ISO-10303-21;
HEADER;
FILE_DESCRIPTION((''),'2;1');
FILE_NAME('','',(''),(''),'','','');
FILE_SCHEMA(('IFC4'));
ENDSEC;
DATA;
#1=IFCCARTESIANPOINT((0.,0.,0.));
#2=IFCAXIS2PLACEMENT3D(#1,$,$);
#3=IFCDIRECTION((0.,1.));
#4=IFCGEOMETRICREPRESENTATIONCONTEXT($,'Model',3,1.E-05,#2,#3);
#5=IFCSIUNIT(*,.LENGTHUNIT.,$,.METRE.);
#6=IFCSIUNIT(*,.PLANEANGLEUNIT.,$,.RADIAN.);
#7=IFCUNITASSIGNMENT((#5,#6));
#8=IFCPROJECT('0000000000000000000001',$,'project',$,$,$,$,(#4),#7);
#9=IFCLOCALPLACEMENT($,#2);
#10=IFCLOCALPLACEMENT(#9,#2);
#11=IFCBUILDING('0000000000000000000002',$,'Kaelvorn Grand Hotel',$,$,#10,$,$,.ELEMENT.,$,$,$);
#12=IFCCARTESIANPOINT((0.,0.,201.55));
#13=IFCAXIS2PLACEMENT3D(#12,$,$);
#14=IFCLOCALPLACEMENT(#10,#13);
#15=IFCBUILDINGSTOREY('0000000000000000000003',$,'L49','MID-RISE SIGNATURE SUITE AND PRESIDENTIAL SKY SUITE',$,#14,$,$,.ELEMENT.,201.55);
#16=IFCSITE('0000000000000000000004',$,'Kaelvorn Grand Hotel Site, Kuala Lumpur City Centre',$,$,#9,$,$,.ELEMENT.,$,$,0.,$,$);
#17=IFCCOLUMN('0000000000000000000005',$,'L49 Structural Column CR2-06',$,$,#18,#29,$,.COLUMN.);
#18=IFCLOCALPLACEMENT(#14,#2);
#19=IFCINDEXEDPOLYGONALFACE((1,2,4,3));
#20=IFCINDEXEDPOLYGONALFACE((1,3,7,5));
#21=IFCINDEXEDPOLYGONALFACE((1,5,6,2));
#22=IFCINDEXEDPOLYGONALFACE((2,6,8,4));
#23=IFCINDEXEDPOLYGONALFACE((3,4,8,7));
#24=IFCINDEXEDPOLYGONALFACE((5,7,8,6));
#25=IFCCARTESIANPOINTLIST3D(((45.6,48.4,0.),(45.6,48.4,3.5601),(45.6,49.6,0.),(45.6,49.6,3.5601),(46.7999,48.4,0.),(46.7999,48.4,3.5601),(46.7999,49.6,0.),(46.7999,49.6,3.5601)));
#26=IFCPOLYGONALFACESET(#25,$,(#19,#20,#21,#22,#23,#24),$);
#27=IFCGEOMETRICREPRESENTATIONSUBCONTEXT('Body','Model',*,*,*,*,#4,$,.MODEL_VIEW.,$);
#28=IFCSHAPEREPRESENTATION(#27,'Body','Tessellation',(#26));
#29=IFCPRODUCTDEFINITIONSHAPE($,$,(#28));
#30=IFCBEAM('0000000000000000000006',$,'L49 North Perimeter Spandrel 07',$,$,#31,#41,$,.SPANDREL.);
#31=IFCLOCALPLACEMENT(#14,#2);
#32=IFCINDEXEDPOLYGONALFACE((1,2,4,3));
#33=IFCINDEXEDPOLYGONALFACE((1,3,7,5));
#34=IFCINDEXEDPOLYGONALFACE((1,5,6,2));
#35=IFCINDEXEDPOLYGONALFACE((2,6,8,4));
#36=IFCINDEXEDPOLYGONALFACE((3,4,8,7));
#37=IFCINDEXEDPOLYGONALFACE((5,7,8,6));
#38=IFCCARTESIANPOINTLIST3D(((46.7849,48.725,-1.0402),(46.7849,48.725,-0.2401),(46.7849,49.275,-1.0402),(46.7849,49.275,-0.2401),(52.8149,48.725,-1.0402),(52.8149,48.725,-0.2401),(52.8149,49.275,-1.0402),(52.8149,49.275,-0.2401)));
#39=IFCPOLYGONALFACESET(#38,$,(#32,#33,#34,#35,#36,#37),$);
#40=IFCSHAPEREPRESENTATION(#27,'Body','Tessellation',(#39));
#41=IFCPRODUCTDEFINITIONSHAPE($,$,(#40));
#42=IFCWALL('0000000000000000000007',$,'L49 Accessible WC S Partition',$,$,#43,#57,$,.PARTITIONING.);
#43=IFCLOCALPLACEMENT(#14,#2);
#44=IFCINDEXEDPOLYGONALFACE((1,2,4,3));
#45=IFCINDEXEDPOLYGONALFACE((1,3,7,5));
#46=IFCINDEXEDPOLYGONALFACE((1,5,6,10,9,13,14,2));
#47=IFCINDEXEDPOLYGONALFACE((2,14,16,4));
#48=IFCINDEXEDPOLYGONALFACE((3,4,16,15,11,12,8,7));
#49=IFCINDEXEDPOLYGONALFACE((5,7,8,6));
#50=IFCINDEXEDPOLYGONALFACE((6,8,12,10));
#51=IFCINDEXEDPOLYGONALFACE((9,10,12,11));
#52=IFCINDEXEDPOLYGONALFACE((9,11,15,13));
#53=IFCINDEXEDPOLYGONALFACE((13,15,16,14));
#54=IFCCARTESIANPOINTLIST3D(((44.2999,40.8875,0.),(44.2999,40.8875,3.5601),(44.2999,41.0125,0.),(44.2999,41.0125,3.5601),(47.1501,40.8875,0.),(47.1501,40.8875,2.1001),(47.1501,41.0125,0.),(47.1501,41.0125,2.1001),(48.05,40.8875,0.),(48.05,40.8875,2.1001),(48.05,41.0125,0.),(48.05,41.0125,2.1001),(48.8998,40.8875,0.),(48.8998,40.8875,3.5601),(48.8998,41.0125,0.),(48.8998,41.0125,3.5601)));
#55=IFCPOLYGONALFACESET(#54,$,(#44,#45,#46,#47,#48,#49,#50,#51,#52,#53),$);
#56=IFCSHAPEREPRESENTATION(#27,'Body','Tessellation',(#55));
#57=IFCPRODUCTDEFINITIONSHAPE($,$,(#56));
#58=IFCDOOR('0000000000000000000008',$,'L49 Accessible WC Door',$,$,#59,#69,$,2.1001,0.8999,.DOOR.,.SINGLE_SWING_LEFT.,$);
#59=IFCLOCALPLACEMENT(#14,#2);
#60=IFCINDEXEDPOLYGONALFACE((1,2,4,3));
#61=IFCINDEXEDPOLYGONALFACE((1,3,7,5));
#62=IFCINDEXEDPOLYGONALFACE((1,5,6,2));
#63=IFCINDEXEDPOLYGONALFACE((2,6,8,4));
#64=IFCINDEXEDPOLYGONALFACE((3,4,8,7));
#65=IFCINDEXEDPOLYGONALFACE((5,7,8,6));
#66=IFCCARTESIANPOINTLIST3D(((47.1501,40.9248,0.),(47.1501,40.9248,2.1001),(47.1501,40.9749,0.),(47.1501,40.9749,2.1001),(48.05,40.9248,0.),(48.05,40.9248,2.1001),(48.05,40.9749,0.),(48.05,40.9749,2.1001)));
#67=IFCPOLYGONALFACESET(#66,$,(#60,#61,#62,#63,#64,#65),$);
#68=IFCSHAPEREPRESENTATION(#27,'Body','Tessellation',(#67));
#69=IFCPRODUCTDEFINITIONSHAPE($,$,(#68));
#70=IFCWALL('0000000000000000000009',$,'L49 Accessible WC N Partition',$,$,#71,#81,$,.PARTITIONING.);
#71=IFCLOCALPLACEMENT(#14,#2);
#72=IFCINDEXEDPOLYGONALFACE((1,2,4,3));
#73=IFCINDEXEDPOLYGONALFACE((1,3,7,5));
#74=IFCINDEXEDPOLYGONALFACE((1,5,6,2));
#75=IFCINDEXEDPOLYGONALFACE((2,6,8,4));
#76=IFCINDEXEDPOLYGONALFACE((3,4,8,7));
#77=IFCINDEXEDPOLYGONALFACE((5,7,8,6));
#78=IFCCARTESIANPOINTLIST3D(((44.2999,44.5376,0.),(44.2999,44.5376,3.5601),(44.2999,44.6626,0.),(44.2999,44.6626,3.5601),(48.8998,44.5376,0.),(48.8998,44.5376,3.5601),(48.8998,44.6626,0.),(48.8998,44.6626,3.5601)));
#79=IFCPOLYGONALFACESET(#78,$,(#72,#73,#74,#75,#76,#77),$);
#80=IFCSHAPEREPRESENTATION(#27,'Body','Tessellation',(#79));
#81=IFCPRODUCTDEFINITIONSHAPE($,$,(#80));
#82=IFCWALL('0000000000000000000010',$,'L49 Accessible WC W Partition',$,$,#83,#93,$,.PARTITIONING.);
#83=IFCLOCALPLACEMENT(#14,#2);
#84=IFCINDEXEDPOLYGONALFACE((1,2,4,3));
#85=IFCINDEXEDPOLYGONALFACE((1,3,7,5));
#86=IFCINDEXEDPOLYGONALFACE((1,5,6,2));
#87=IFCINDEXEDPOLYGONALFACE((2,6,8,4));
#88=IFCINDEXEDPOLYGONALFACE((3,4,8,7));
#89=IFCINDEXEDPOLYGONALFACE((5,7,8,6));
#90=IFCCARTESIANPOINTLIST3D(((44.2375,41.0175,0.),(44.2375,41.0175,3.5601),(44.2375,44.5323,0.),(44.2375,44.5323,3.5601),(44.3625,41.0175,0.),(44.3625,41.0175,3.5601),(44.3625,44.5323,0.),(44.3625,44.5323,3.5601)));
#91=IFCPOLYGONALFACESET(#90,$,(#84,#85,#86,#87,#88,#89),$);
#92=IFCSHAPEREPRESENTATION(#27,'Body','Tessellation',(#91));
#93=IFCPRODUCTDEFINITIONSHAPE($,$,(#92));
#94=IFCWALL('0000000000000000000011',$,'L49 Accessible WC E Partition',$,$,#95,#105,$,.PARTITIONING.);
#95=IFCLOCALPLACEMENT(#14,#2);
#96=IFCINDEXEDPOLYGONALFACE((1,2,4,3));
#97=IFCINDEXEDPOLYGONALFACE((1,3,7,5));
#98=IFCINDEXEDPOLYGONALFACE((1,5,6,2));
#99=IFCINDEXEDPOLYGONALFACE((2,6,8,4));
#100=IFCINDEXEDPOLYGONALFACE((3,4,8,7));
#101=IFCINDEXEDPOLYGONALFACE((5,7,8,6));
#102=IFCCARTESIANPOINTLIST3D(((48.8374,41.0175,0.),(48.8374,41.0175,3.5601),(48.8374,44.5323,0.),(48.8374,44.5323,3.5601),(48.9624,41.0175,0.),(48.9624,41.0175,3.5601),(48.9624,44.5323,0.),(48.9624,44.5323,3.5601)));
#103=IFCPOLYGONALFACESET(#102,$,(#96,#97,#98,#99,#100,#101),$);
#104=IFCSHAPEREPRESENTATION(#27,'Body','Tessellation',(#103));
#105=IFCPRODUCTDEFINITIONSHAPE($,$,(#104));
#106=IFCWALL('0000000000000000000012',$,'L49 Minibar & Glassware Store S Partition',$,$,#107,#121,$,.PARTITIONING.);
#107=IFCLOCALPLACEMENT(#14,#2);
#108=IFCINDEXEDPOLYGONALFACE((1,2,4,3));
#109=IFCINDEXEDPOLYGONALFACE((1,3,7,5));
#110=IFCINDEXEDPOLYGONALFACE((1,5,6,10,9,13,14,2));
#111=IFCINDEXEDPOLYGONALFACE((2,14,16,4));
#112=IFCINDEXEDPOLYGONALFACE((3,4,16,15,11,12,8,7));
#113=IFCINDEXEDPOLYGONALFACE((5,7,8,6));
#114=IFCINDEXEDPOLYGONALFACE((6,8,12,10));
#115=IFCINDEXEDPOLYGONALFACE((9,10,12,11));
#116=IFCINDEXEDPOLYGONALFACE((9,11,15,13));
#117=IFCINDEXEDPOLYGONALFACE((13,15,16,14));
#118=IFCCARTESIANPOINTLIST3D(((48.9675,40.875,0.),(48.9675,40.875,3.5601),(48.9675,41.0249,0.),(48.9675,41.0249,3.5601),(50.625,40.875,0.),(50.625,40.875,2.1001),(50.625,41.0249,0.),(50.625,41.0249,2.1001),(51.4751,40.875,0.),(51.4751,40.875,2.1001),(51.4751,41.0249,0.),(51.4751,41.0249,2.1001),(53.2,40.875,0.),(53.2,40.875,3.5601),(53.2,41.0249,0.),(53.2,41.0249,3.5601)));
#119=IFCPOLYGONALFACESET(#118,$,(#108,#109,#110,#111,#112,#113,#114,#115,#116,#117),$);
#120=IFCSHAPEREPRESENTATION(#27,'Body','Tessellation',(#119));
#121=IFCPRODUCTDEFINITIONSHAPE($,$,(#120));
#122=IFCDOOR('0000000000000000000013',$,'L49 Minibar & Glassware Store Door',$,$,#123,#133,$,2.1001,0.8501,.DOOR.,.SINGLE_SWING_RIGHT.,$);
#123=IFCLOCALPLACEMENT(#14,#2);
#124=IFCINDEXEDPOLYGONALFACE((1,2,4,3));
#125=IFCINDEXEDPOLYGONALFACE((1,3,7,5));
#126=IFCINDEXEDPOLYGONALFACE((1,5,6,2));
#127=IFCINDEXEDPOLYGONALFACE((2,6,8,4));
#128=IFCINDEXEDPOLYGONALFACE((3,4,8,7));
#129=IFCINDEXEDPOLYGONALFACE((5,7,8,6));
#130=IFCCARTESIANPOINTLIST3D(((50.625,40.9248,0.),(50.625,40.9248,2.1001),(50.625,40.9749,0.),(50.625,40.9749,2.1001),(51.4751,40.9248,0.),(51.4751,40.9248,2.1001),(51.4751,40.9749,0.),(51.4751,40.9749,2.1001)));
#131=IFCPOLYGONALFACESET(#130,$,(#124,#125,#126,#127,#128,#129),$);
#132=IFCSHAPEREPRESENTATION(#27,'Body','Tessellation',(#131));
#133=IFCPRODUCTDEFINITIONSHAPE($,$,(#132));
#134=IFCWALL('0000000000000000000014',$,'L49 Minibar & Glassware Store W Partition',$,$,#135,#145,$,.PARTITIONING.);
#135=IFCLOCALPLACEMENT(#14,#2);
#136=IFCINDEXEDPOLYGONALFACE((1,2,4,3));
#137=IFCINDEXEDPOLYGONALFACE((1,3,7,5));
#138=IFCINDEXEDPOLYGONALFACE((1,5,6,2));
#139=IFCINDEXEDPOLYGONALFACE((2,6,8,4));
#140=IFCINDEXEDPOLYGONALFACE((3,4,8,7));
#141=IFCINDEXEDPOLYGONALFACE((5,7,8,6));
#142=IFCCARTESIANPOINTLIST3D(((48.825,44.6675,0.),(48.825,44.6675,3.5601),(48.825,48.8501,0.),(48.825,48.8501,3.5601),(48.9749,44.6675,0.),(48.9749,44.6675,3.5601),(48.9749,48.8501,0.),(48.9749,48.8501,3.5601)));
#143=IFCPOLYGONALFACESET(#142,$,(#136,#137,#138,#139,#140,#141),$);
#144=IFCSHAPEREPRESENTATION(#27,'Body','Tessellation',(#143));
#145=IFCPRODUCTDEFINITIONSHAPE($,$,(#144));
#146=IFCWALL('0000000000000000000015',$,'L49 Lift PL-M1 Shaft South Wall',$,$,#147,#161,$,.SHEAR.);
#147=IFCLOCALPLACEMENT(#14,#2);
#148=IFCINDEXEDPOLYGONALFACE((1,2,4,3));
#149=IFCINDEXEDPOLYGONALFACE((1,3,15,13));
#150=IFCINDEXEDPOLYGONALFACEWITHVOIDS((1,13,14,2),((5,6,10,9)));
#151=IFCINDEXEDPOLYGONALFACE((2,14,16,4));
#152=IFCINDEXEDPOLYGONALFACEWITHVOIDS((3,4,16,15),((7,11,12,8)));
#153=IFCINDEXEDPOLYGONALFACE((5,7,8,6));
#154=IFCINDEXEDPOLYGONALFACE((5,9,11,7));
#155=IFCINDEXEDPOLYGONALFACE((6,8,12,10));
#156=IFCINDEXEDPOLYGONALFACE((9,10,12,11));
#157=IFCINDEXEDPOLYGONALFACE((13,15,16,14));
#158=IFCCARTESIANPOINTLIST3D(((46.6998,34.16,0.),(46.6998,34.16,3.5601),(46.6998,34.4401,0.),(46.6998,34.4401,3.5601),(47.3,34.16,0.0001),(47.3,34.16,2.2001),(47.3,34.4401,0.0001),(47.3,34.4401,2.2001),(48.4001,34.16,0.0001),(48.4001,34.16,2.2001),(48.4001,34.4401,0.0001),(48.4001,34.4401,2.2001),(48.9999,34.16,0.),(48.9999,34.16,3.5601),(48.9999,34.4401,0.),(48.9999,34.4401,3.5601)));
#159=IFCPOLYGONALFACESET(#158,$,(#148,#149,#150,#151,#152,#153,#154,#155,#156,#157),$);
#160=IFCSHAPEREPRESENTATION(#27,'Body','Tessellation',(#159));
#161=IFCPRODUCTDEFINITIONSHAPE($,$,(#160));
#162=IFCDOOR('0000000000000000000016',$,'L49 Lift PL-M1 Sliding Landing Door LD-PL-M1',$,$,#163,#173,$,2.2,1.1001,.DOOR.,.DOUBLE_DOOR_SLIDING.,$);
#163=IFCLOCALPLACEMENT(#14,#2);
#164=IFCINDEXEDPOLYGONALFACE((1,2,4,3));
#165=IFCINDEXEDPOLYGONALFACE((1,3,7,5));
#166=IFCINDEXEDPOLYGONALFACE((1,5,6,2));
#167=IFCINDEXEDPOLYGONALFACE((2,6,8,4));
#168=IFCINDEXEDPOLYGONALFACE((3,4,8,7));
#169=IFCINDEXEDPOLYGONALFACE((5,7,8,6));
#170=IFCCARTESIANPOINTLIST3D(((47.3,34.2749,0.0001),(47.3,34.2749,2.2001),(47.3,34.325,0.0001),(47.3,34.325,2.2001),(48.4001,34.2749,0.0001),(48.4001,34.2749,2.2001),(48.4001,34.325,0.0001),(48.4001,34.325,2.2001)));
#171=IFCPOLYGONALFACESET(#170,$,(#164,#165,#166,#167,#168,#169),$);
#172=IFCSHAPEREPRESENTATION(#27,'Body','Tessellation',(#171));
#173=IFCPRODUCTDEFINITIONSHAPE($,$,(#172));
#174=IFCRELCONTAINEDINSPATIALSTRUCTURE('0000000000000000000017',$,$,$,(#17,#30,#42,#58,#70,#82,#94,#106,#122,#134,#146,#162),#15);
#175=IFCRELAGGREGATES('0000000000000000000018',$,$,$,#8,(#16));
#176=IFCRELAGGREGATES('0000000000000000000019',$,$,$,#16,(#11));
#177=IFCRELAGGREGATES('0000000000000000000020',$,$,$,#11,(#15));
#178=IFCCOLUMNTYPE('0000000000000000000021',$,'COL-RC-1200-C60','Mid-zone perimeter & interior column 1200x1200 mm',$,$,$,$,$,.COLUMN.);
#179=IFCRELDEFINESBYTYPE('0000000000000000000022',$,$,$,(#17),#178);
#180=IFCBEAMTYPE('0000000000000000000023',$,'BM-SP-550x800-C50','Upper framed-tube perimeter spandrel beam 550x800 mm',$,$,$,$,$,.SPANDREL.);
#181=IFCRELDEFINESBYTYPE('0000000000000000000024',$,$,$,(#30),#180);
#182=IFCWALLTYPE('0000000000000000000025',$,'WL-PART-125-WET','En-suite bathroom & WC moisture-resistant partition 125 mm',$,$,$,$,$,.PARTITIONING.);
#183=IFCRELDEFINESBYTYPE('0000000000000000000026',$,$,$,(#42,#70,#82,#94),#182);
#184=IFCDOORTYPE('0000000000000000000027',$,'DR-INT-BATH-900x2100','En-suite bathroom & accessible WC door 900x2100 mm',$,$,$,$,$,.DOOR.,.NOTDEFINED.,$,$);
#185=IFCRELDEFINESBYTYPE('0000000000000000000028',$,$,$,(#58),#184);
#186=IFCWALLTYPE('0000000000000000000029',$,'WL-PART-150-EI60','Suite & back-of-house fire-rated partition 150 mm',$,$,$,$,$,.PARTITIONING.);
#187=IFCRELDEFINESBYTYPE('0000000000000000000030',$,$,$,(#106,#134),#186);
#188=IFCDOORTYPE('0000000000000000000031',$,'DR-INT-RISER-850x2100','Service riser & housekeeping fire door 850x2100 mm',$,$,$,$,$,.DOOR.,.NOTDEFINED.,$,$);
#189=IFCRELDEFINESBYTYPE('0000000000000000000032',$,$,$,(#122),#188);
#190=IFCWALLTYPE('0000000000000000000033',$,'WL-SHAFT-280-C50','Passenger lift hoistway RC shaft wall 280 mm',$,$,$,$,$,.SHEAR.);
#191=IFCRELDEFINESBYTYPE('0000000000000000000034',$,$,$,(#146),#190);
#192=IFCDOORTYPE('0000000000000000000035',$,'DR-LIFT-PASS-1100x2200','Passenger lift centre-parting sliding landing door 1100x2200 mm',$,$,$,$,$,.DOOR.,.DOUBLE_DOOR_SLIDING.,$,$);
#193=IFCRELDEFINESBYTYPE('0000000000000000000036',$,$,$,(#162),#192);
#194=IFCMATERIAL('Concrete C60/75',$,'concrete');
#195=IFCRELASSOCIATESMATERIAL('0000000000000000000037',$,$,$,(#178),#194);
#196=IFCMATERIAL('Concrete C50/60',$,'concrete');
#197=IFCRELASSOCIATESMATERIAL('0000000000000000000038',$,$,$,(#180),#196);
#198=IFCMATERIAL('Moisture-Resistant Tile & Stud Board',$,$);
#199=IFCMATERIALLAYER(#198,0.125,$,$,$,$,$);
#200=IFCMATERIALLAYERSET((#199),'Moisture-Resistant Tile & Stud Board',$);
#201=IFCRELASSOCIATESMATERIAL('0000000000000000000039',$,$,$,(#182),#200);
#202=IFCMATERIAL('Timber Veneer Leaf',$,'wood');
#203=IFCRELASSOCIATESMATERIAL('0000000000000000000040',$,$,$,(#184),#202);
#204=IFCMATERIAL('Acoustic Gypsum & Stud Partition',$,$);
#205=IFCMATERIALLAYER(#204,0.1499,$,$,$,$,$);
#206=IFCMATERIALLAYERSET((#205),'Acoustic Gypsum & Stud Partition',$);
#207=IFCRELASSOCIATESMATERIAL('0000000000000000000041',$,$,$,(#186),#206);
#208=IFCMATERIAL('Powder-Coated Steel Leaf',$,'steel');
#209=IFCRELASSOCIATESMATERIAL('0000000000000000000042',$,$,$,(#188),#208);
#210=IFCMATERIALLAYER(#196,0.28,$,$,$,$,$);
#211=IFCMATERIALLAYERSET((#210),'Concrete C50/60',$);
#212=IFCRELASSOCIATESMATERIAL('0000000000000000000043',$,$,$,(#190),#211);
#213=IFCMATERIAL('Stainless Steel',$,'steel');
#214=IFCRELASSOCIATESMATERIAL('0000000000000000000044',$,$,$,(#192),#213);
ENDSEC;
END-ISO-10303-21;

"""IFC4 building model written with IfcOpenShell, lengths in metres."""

from ifc_helpers import new_model, si_unit, direction, frame, frame_2d, origin, origin_2d, place, context, subcontext, project, spatial, rectangle, extrude, material, layer, layer_set, material_profile, profile_set, type_object, element, fill, save


model = new_model("IFC4")

# Units and contexts
model_context = context("Model", 3, precision=1e-05, world=origin(), true_north=direction((0.0, 1.0)))
body_context = subcontext(model_context, "Body", "Model", "MODEL_VIEW")
ifc_project = project(units=[si_unit("LENGTHUNIT", "METRE"), si_unit("PLANEANGLEUNIT", "RADIAN")], contexts=[model_context])

# Site, building, storey
site_placement = place(None, origin())
site = spatial("IfcSite", under=ifc_project, at=site_placement, Name="Kaelvorn Grand Hotel Site, Kuala Lumpur City Centre", CompositionType="ELEMENT", RefElevation=0.0)
building_placement = place(site_placement, origin())
building = spatial("IfcBuilding", under=site, at=building_placement, Name="Kaelvorn Grand Hotel", CompositionType="ELEMENT")
storey_placement = place(building_placement, frame((0.0, 0.0, 201.55)))
storey = spatial("IfcBuildingStorey", under=building, at=storey_placement, Name="L49", Description="MID-RISE SIGNATURE SUITE AND PRESIDENTIAL SKY SUITE", CompositionType="ELEMENT", Elevation=201.55)

# Column
ifc_material_1 = material(Name="Concrete C60/75", Category="concrete")
ifc_material_profile_1 = material_profile(ifc_material_1, rectangle(XDim=1.2, YDim=1.2, at=origin_2d()), Name="RC COL 1200x1200")
ifc_profile_set_1 = profile_set([ifc_material_profile_1], Name="Concrete C60/75")
column_type = type_object("IfcColumnType", Name="COL-RC-1200-C60", Description="Mid-zone perimeter & interior column 1200x1200 mm", PredefinedType="COLUMN", material=ifc_profile_set_1)
column_placement = place(storey_placement, frame((46.2, 49.0, 0.0), z_axis=(0.0, 0.0, 1.0), x_axis=(1.0, 0.0, 0.0)))
element("IfcColumn", 1, at=column_placement, inside=storey, type_object=column_type, Name="L49 Structural Column CR2-06", PredefinedType="COLUMN", context=body_context, shape_type="SweptSolid", body=[
    extrude(rectangle(XDim=1.2, YDim=1.2, at=origin_2d()), origin(), (0.0, 0.0, 1.0), 3.5601),
])

# Beam
ifc_material_2 = material(Name="Concrete C50/60", Category="concrete")
ifc_material_profile_2 = material_profile(ifc_material_2, rectangle(XDim=0.55, YDim=0.8, at=origin_2d()), Name="RC SPANDREL 550x800")
ifc_profile_set_2 = profile_set([ifc_material_profile_2], Name="Concrete C50/60")
beam_type = type_object("IfcBeamType", Name="BM-SP-550x800-C50", Description="Upper framed-tube perimeter spandrel beam 550x800 mm", PredefinedType="SPANDREL", material=ifc_profile_set_2)
beam_placement = place(storey_placement, frame((46.7849, 49.0, -0.6401), z_axis=(1.0, 0.0, 0.0), x_axis=(0.0, 1.0, 0.0)))
element("IfcBeam", 2, at=beam_placement, inside=storey, type_object=beam_type, Name="L49 North Perimeter Spandrel 07", PredefinedType="SPANDREL", context=body_context, shape_type="SweptSolid", body=[
    extrude(rectangle(XDim=0.55, YDim=0.8, at=origin_2d()), origin(), (0.0, 0.0, 1.0), 6.03),
])

# Wall, opening, door
ifc_material_3 = material(Name="Moisture-Resistant Tile & Stud Board")
ifc_layer_1 = layer(ifc_material_3, 0.125)
ifc_layer_set_1 = layer_set([ifc_layer_1], Name="Moisture-Resistant Tile & Stud Board")
wall_type_1 = type_object("IfcWallType", Name="WL-PART-125-WET", Description="En-suite bathroom & WC moisture-resistant partition 125 mm", PredefinedType="PARTITIONING", material=ifc_layer_set_1)
wall_1_placement = place(storey_placement, frame((44.3, 40.95, 0.0), z_axis=(0.0, 0.0, 1.0), x_axis=(1.0, 0.0, 0.0)))
wall_1 = element("IfcWall", 3, at=wall_1_placement, inside=storey, type_object=wall_type_1, Name="L49 Accessible WC S Partition", PredefinedType="PARTITIONING", context=body_context, shape_type="SweptSolid", body=[
    extrude(rectangle(XDim=4.5999, YDim=0.125, at=frame_2d((2.2998, 0.0))), origin(), (0.0, 0.0, 1.0), 3.5601),
])
opening_1_placement = place(wall_1_placement, frame((2.8501, 0.0, 0.0)))
opening_1 = element("IfcOpeningElement", 4, at=opening_1_placement, cuts=wall_1, PredefinedType="OPENING", context=body_context, shape_type="SweptSolid", body=[
    extrude(rectangle(XDim=0.8999, YDim=2.1001, at=frame_2d((0.45, 1.05))), frame((0.0, 0.0725, 0.0), z_axis=(0.0, -1.0, 0.0), x_axis=(1.0, 0.0, 0.0)), (0.0, 0.0, 1.0), 0.145),
])
ifc_material_4 = material(Name="Timber Veneer Leaf", Category="wood")
door_type_1 = type_object("IfcDoorType", Name="DR-INT-BATH-900x2100", Description="En-suite bathroom & accessible WC door 900x2100 mm", OperationType="NOTDEFINED", PredefinedType="DOOR", material=ifc_material_4)
door_1_placement = place(opening_1_placement, origin())
door_1 = element("IfcDoor", 5, at=door_1_placement, inside=storey, type_object=door_type_1, Name="L49 Accessible WC Door", OperationType="SINGLE_SWING_LEFT", OverallHeight=2.1001, OverallWidth=0.8999, PredefinedType="DOOR", context=body_context, shape_type="SweptSolid", body=[
    extrude(rectangle(XDim=0.8999, YDim=2.1001, at=frame_2d((0.45, 1.05))), frame((0.0, 0.0249, 0.0), z_axis=(0.0, -1.0, 0.0), x_axis=(1.0, 0.0, 0.0)), (0.0, 0.0, 1.0), 0.05),
])
fill(opening_1, door_1)

# Walls
wall_2_placement = place(storey_placement, frame((44.3, 44.6001, 0.0), z_axis=(0.0, 0.0, 1.0), x_axis=(1.0, 0.0, 0.0)))
element("IfcWall", 6, at=wall_2_placement, inside=storey, type_object=wall_type_1, Name="L49 Accessible WC N Partition", PredefinedType="PARTITIONING", context=body_context, shape_type="SweptSolid", body=[
    extrude(rectangle(XDim=4.5999, YDim=0.125, at=frame_2d((2.2998, 0.0))), origin(), (0.0, 0.0, 1.0), 3.5601),
])
for number, where, z_axis, x_axis, name in (
    (7, (44.3, 41.0176, 0.0), (0.0, 0.0, 1.0), (0.0, 1.0, 0.0), "L49 Accessible WC W Partition"),
    (8, (48.8999, 41.0176, 0.0), (0.0, 0.0, 1.0), (0.0, 1.0, 0.0), "L49 Accessible WC E Partition"),
):
    element("IfcWall", number, at=place(storey_placement, frame(where, z_axis=z_axis, x_axis=x_axis)), inside=storey, type_object=wall_type_1, Name=name, PredefinedType="PARTITIONING", context=body_context, shape_type="SweptSolid", body=[
        extrude(rectangle(XDim=3.5149, YDim=0.125, at=frame_2d((1.7573, 0.0))), origin(), (0.0, 0.0, 1.0), 3.5601),
    ])

# Wall, opening, door
ifc_material_5 = material(Name="Acoustic Gypsum & Stud Partition")
ifc_layer_2 = layer(ifc_material_5, 0.1499)
ifc_layer_set_2 = layer_set([ifc_layer_2], Name="Acoustic Gypsum & Stud Partition")
wall_type_2 = type_object("IfcWallType", Name="WL-PART-150-EI60", Description="Suite & back-of-house fire-rated partition 150 mm", PredefinedType="PARTITIONING", material=ifc_layer_set_2)
wall_3_placement = place(storey_placement, frame((48.9675, 40.95, 0.0), z_axis=(0.0, 0.0, 1.0), x_axis=(1.0, 0.0, 0.0)))
wall_3 = element("IfcWall", 9, at=wall_3_placement, inside=storey, type_object=wall_type_2, Name="L49 Minibar & Glassware Store S Partition", PredefinedType="PARTITIONING", context=body_context, shape_type="SweptSolid", body=[
    extrude(rectangle(XDim=4.2324, YDim=0.1499, at=frame_2d((2.1162, 0.0))), origin(), (0.0, 0.0, 1.0), 3.5601),
])
opening_2_placement = place(wall_3_placement, frame((1.6575, 0.0, 0.0)))
opening_2 = element("IfcOpeningElement", 10, at=opening_2_placement, cuts=wall_3, PredefinedType="OPENING", context=body_context, shape_type="SweptSolid", body=[
    extrude(rectangle(XDim=0.8501, YDim=2.1001, at=frame_2d((0.425, 1.05))), frame((0.0, 0.085, 0.0), z_axis=(0.0, -1.0, 0.0), x_axis=(1.0, 0.0, 0.0)), (0.0, 0.0, 1.0), 0.1699),
])
ifc_material_6 = material(Name="Powder-Coated Steel Leaf", Category="steel")
door_type_2 = type_object("IfcDoorType", Name="DR-INT-RISER-850x2100", Description="Service riser & housekeeping fire door 850x2100 mm", OperationType="NOTDEFINED", PredefinedType="DOOR", material=ifc_material_6)
door_2_placement = place(opening_2_placement, origin())
door_2 = element("IfcDoor", 11, at=door_2_placement, inside=storey, type_object=door_type_2, Name="L49 Minibar & Glassware Store Door", OperationType="SINGLE_SWING_RIGHT", OverallHeight=2.1001, OverallWidth=0.8501, PredefinedType="DOOR", context=body_context, shape_type="SweptSolid", body=[
    extrude(rectangle(XDim=0.8501, YDim=2.1001, at=frame_2d((0.425, 1.05))), frame((0.0, 0.0249, 0.0), z_axis=(0.0, -1.0, 0.0), x_axis=(1.0, 0.0, 0.0)), (0.0, 0.0, 1.0), 0.05),
])
fill(opening_2, door_2)

# Wall
wall_4_placement = place(storey_placement, frame((48.8999, 44.6675, 0.0), z_axis=(0.0, 0.0, 1.0), x_axis=(0.0, 1.0, 0.0)))
element("IfcWall", 12, at=wall_4_placement, inside=storey, type_object=wall_type_2, Name="L49 Minibar & Glassware Store W Partition", PredefinedType="PARTITIONING", context=body_context, shape_type="SweptSolid", body=[
    extrude(rectangle(XDim=4.1826, YDim=0.1499, at=frame_2d((2.0913, 0.0))), origin(), (0.0, 0.0, 1.0), 3.5601),
])

# Wall, opening, door
ifc_layer_3 = layer(ifc_material_2, 0.28)
ifc_layer_set_3 = layer_set([ifc_layer_3], Name="Concrete C50/60")
wall_type_3 = type_object("IfcWallType", Name="WL-SHAFT-280-C50", Description="Passenger lift hoistway RC shaft wall 280 mm", PredefinedType="SHEAR", material=ifc_layer_set_3)
wall_5_placement = place(storey_placement, frame((46.7, 34.3, 0.0), z_axis=(0.0, 0.0, 1.0), x_axis=(1.0, 0.0, 0.0)))
wall_5 = element("IfcWall", 13, at=wall_5_placement, inside=storey, type_object=wall_type_3, Name="L49 Lift PL-M1 Shaft South Wall", PredefinedType="SHEAR", context=body_context, shape_type="SweptSolid", body=[
    extrude(rectangle(XDim=2.3, YDim=0.28, at=frame_2d((1.1499, 0.0))), origin(), (0.0, 0.0, 1.0), 3.5601),
])
opening_3_placement = place(wall_5_placement, frame((0.6001, 0.0, 0.0)))
opening_3 = element("IfcOpeningElement", 14, at=opening_3_placement, cuts=wall_5, PredefinedType="OPENING", context=body_context, shape_type="SweptSolid", body=[
    extrude(rectangle(XDim=1.1001, YDim=2.2, at=frame_2d((0.55, 1.1001))), frame((0.0, 0.1499, 0.0), z_axis=(0.0, -1.0, 0.0), x_axis=(1.0, 0.0, 0.0)), (0.0, 0.0, 1.0), 0.3),
])
ifc_material_7 = material(Name="Stainless Steel", Category="steel")
door_type_3 = type_object("IfcDoorType", Name="DR-LIFT-PASS-1100x2200", Description="Passenger lift centre-parting sliding landing door 1100x2200 mm", OperationType="DOUBLE_DOOR_SLIDING", PredefinedType="DOOR", material=ifc_material_7)
door_3_placement = place(opening_3_placement, origin())
door_3 = element("IfcDoor", 15, at=door_3_placement, inside=storey, type_object=door_type_3, Name="L49 Lift PL-M1 Sliding Landing Door LD-PL-M1", OperationType="DOUBLE_DOOR_SLIDING", OverallHeight=2.2, OverallWidth=1.1001, PredefinedType="DOOR", context=body_context, shape_type="SweptSolid", body=[
    extrude(rectangle(XDim=1.1001, YDim=2.2, at=frame_2d((0.55, 1.1001))), frame((0.0, 0.0249, 0.0), z_axis=(0.0, -1.0, 0.0), x_axis=(1.0, 0.0, 0.0)), (0.0, 0.0, 1.0), 0.05),
])
fill(opening_3, door_3)

save(model, "model.ifc")
